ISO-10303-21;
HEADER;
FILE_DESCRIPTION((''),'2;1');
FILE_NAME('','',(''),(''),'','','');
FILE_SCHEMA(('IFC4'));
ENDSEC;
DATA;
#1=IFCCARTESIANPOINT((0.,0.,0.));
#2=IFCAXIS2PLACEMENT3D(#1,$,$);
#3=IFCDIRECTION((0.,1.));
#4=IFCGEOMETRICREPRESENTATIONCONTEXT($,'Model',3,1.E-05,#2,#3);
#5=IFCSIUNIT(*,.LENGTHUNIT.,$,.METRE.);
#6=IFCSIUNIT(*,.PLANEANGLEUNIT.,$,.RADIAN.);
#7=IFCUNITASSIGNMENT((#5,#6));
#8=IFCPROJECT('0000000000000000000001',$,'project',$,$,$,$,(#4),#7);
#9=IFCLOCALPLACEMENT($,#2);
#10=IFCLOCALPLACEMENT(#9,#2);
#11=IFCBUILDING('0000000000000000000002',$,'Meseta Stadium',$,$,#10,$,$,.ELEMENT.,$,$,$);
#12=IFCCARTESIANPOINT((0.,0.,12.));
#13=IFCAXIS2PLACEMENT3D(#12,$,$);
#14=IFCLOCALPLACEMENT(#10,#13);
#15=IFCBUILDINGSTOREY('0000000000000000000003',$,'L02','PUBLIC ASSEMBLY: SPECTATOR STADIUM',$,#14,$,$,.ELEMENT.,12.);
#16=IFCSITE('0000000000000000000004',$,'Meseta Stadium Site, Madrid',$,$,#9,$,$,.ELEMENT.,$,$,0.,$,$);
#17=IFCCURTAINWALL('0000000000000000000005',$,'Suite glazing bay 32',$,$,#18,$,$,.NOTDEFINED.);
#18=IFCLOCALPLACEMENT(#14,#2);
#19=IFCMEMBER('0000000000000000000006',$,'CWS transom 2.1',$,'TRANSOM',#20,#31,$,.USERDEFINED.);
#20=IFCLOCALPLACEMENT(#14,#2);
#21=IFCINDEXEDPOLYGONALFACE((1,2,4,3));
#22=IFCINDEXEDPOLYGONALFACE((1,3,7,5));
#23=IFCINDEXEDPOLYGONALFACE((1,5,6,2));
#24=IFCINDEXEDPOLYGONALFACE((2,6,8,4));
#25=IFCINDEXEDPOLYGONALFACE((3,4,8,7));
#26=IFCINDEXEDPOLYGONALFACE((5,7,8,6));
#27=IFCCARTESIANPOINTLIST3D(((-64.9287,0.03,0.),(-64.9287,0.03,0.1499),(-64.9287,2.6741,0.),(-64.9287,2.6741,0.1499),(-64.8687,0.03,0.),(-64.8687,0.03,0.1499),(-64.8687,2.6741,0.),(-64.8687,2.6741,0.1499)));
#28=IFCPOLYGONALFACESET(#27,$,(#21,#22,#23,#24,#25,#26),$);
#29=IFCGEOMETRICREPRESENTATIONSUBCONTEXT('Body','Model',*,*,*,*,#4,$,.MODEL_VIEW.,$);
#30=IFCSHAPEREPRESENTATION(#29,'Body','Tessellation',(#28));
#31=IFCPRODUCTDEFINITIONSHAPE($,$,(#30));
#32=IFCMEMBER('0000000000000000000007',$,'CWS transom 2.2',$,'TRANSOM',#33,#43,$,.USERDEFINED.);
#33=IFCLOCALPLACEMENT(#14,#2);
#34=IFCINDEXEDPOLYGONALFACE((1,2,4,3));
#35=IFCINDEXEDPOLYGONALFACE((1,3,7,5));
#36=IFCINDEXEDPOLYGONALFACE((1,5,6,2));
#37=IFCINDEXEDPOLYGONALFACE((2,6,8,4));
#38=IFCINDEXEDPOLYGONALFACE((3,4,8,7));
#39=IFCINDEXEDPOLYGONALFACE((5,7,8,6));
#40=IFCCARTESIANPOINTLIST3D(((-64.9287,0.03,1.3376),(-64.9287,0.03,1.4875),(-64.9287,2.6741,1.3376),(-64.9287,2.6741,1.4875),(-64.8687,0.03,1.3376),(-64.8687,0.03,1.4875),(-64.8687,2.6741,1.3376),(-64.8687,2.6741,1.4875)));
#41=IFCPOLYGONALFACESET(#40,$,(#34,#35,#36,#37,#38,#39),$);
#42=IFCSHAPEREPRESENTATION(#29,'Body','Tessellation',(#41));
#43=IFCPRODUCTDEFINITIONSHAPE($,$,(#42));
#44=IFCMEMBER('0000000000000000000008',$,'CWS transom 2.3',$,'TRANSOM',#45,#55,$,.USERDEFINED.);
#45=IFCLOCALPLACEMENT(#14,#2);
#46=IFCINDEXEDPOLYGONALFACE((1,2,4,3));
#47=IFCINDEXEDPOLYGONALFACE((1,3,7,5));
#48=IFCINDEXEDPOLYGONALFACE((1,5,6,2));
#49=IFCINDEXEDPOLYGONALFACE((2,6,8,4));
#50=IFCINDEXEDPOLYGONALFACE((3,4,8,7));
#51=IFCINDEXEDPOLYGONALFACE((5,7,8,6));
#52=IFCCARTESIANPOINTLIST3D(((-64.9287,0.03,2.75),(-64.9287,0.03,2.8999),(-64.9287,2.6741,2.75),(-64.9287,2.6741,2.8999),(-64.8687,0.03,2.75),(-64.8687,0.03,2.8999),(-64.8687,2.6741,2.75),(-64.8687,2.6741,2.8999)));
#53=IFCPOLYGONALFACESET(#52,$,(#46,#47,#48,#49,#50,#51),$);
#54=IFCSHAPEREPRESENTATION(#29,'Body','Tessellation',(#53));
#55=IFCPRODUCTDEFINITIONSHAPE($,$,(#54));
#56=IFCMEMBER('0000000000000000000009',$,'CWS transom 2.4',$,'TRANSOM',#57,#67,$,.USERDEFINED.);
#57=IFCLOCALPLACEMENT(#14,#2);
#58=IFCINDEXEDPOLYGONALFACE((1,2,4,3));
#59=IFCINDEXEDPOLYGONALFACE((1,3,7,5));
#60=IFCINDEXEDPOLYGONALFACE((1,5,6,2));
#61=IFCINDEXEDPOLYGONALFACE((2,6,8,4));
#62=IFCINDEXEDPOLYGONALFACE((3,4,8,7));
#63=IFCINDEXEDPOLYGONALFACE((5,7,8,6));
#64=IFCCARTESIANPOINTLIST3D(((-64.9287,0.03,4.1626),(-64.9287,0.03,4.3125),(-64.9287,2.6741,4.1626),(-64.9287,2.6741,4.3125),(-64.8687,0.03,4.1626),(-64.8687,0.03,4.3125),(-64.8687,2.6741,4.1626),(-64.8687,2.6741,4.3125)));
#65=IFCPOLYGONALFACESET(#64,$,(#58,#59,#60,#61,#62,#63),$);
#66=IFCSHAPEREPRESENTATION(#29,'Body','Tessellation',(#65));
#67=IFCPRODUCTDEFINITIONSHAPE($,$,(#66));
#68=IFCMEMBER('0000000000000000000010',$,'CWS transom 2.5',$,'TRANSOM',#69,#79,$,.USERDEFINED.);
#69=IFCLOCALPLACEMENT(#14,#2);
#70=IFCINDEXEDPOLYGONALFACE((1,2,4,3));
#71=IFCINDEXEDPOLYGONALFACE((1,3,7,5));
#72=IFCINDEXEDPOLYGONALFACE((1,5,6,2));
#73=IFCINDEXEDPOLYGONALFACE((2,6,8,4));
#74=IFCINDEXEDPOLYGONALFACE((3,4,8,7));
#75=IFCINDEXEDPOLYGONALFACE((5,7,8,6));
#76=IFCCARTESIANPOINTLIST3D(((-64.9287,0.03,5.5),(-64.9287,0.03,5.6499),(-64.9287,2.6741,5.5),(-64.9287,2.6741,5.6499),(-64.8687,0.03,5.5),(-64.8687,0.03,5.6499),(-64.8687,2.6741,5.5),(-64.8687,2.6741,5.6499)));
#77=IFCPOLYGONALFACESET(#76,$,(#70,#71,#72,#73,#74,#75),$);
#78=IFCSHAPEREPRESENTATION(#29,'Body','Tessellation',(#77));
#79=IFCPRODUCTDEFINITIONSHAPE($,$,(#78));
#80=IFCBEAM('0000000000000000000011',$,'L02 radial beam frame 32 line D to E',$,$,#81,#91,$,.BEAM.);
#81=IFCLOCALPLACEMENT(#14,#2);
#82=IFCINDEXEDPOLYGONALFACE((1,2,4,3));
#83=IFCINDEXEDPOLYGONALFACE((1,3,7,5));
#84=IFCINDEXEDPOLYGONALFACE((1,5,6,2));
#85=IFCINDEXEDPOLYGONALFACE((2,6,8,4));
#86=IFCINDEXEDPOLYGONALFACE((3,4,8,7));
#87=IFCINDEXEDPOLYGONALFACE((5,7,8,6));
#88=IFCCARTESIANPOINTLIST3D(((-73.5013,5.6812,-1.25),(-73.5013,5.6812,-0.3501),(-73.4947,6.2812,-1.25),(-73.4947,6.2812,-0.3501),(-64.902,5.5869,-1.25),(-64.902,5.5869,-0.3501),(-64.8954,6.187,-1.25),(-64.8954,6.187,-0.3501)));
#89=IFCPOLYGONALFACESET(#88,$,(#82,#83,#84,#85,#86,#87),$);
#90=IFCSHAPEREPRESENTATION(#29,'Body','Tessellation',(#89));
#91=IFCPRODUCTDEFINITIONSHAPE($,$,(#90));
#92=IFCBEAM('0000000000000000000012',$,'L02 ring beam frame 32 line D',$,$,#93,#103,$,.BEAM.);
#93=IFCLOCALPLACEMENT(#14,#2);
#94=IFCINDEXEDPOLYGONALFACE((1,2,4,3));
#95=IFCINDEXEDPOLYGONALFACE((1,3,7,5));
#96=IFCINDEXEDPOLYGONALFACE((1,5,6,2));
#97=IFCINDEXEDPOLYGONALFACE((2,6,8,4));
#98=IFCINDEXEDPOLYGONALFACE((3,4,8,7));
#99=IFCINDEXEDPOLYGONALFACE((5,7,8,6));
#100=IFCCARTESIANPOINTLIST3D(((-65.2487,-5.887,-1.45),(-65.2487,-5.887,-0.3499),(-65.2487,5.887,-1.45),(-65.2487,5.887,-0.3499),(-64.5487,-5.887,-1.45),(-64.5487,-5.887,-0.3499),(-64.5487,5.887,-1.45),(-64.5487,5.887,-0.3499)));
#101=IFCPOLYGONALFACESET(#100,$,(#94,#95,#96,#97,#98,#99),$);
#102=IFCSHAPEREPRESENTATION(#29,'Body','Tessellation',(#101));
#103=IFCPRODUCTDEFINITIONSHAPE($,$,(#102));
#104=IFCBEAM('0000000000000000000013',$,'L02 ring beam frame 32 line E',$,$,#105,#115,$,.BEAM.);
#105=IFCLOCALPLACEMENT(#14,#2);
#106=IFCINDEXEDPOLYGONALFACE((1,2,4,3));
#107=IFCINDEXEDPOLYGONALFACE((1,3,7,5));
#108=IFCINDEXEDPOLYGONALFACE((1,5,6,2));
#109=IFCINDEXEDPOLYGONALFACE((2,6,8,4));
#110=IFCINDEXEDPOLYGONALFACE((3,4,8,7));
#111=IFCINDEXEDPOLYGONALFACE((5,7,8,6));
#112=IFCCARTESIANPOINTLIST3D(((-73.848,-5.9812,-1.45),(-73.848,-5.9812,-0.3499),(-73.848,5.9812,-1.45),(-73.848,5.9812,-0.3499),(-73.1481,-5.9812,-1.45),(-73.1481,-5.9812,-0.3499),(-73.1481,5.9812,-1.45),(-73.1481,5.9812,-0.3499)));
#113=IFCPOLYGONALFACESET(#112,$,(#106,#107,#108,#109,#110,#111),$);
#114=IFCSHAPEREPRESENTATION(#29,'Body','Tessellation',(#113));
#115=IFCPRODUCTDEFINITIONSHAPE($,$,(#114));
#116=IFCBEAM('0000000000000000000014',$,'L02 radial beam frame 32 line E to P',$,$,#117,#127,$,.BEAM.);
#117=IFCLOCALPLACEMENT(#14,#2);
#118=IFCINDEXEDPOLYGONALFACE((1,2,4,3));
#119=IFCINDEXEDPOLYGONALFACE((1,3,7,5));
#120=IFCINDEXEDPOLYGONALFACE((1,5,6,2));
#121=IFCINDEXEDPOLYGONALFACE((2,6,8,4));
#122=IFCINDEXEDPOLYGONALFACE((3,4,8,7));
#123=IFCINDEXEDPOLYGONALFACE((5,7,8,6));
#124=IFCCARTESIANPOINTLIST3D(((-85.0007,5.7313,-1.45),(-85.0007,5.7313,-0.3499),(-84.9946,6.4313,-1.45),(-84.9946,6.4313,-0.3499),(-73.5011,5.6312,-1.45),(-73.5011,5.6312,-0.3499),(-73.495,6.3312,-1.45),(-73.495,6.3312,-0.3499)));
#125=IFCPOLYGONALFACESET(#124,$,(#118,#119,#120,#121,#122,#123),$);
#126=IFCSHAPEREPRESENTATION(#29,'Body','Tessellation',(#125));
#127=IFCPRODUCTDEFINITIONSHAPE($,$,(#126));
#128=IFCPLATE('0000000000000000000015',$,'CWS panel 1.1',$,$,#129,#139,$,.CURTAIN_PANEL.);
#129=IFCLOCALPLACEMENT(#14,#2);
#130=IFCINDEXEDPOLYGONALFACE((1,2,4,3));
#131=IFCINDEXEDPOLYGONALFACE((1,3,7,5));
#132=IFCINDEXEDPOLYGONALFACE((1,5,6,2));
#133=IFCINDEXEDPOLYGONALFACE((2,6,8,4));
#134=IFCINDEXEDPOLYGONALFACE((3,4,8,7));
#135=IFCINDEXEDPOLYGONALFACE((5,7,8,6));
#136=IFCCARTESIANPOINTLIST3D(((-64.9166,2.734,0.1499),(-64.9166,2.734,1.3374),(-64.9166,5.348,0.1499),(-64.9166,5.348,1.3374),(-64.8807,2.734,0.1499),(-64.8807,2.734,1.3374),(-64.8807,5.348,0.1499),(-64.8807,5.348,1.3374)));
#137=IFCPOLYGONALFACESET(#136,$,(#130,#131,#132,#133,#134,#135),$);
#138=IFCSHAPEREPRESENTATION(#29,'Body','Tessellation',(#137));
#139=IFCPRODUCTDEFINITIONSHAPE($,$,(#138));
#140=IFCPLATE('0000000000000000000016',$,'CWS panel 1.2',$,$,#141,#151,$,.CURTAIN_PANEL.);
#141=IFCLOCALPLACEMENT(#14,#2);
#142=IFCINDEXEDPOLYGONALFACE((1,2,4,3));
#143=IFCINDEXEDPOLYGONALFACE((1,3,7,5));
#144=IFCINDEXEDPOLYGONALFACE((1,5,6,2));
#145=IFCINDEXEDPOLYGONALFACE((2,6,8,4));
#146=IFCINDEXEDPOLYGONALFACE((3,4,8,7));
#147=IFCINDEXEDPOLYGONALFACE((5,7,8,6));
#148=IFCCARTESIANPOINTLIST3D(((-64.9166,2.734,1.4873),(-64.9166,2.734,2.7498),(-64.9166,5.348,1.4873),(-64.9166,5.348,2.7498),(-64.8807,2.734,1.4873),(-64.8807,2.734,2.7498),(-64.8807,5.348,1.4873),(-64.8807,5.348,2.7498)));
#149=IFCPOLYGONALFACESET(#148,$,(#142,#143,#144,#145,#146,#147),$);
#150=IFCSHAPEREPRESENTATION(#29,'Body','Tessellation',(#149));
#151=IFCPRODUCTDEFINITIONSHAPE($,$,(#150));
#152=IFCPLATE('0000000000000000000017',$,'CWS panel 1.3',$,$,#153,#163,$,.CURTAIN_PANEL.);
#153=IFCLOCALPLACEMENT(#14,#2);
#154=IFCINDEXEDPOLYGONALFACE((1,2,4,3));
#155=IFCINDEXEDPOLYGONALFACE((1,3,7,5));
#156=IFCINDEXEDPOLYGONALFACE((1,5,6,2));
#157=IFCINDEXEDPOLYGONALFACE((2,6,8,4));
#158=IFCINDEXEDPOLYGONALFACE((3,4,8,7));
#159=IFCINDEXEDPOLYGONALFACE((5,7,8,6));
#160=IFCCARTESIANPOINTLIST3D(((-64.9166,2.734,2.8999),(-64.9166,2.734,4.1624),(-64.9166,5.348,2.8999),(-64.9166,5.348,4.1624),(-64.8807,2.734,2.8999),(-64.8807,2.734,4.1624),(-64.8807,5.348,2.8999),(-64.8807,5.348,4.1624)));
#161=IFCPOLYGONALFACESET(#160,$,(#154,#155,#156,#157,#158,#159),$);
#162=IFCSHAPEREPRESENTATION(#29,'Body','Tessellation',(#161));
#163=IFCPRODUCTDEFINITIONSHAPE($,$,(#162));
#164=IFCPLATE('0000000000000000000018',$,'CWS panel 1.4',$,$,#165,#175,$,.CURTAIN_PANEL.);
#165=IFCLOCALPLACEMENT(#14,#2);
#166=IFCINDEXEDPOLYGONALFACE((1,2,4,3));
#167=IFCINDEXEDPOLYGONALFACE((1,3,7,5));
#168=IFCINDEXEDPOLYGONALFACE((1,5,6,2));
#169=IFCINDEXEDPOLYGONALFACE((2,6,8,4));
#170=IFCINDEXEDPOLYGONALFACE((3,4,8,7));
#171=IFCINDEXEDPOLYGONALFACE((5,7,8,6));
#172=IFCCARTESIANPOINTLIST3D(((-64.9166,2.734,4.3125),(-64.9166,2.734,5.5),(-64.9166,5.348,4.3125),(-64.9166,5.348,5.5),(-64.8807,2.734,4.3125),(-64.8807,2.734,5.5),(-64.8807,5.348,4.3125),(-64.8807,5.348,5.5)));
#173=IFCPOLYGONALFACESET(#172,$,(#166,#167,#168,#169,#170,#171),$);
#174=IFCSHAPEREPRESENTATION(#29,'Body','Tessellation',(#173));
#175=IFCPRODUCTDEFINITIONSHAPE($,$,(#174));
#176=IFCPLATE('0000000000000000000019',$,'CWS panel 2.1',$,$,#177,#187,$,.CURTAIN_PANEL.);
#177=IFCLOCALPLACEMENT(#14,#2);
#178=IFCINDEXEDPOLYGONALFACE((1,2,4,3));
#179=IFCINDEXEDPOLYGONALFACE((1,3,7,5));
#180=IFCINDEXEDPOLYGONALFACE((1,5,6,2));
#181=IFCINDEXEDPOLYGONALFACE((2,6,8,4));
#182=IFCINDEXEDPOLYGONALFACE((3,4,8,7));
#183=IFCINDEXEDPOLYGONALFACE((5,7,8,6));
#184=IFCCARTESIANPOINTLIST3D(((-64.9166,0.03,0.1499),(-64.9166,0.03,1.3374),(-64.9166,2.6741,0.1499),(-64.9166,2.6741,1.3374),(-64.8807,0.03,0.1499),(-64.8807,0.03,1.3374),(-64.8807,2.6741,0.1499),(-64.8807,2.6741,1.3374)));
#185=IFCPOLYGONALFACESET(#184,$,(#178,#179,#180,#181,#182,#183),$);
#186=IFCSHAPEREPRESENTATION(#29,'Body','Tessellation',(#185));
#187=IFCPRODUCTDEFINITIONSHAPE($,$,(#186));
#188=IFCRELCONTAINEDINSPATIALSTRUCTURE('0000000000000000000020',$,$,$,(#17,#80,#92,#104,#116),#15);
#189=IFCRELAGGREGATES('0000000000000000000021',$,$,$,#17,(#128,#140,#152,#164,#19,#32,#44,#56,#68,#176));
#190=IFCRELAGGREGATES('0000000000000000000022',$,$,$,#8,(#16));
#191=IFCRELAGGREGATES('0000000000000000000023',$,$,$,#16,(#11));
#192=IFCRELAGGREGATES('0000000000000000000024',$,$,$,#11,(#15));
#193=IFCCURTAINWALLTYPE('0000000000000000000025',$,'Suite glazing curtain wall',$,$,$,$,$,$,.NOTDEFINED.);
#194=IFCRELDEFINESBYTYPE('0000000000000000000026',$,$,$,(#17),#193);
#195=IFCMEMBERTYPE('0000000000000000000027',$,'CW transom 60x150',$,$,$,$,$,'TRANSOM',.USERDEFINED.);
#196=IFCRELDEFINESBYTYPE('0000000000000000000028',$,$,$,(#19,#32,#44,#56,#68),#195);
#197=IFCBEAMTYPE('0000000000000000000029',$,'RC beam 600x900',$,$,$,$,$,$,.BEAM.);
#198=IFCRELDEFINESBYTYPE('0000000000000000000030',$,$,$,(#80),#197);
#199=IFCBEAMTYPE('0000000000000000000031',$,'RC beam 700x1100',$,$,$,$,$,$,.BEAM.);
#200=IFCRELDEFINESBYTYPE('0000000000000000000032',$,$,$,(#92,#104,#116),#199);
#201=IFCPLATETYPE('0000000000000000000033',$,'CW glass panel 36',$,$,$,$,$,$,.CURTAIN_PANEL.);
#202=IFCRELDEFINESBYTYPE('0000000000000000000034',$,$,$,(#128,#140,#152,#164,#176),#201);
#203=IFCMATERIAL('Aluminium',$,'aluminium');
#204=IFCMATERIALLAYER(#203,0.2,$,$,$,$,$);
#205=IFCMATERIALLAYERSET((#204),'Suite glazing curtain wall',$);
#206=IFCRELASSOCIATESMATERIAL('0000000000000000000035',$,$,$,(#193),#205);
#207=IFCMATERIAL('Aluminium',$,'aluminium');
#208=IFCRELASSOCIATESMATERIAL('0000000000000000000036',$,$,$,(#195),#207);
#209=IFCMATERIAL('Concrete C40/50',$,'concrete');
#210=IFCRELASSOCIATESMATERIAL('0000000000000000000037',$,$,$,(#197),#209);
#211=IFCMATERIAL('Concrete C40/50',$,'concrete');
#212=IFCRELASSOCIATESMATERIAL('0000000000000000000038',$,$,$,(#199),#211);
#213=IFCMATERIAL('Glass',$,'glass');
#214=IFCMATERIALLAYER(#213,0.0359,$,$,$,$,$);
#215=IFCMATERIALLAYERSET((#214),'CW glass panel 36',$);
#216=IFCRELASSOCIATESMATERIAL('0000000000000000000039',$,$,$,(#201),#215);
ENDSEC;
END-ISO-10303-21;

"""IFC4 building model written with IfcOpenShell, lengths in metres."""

from ifc_helpers import new_model, si_unit, direction, frame, origin, origin_2d, place, context, subcontext, project, spatial, rectangle, extrude, material, layer, layer_set, material_profile, profile_set, type_object, element, aggregate, save


model = new_model("IFC4")

# Units and contexts
model_context = context("Model", 3, precision=1e-05, world=origin(), true_north=direction((0.0, 1.0)))
body_context = subcontext(model_context, "Body", "Model", "MODEL_VIEW")
ifc_project = project(units=[si_unit("LENGTHUNIT", "METRE"), si_unit("PLANEANGLEUNIT", "RADIAN")], contexts=[model_context])

# Site, building, storey
site_placement = place(None, origin())
site = spatial("IfcSite", under=ifc_project, at=site_placement, Name="Meseta Stadium Site, Madrid", CompositionType="ELEMENT", RefElevation=0.0)
building_placement = place(site_placement, origin())
building = spatial("IfcBuilding", under=site, at=building_placement, Name="Meseta Stadium", CompositionType="ELEMENT")
storey_placement = place(building_placement, frame((0.0, 0.0, 12.0)))
storey = spatial("IfcBuildingStorey", under=building, at=storey_placement, Name="L02", Description="PUBLIC ASSEMBLY: SPECTATOR STADIUM", CompositionType="ELEMENT", Elevation=12.0)

# Curtain wall, members
ifc_material_1 = material(Name="Aluminium", Category="aluminium")
ifc_layer_1 = layer(ifc_material_1, 0.2)
ifc_layer_set_1 = layer_set([ifc_layer_1], Name="Suite glazing curtain wall")
curtain_wall_type = type_object("IfcCurtainWallType", Name="Suite glazing curtain wall", PredefinedType="NOTDEFINED", material=ifc_layer_set_1)
curtain_wall_placement = place(storey_placement, origin())
curtain_wall = element("IfcCurtainWall", 1, at=curtain_wall_placement, inside=storey, type_object=curtain_wall_type, Name="Suite glazing bay 32", PredefinedType="NOTDEFINED")
ifc_material_2 = material(Name="Aluminium", Category="aluminium")
ifc_material_profile_1 = material_profile(ifc_material_2, rectangle(XDim=0.0601, YDim=0.1499, at=origin_2d()), Name="CW 60x150")
ifc_profile_set_1 = profile_set([ifc_material_profile_1], Name="Aluminium")
member_type_1 = type_object("IfcMemberType", Name="CW transom 60x150", ElementType="TRANSOM", PredefinedType="USERDEFINED", material=ifc_profile_set_1)
member_1_placement = place(storey_placement, frame((-64.8987, 2.6741, 0.075), z_axis=(0.0, -1.0, 0.0), x_axis=(1.0, 0.0, 0.0)))
member_1 = element("IfcMember", 2, at=member_1_placement, type_object=member_type_1, Name="CWS transom 2.1", ObjectType="TRANSOM", PredefinedType="USERDEFINED", context=body_context, shape_type="SweptSolid", body=[
    extrude(rectangle(XDim=0.0601, YDim=0.1499, at=origin_2d()), origin(), (0.0, 0.0, 1.0), 2.644),
])
member_2_placement = place(storey_placement, frame((-64.8987, 2.6741, 1.4126), z_axis=(0.0, -1.0, 0.0), x_axis=(1.0, 0.0, 0.0)))
member_2 = element("IfcMember", 3, at=member_2_placement, type_object=member_type_1, Name="CWS transom 2.2", ObjectType="TRANSOM", PredefinedType="USERDEFINED", context=body_context, shape_type="SweptSolid", body=[
    extrude(rectangle(XDim=0.0601, YDim=0.1499, at=origin_2d()), origin(), (0.0, 0.0, 1.0), 2.644),
])
member_3_placement = place(storey_placement, frame((-64.8987, 2.6741, 2.825), z_axis=(0.0, -1.0, 0.0), x_axis=(1.0, 0.0, 0.0)))
member_3 = element("IfcMember", 4, at=member_3_placement, type_object=member_type_1, Name="CWS transom 2.3", ObjectType="TRANSOM", PredefinedType="USERDEFINED", context=body_context, shape_type="SweptSolid", body=[
    extrude(rectangle(XDim=0.0601, YDim=0.1499, at=origin_2d()), origin(), (0.0, 0.0, 1.0), 2.644),
])
member_4_placement = place(storey_placement, frame((-64.8987, 2.6741, 4.2375), z_axis=(0.0, -1.0, 0.0), x_axis=(1.0, 0.0, 0.0)))
member_4 = element("IfcMember", 5, at=member_4_placement, type_object=member_type_1, Name="CWS transom 2.4", ObjectType="TRANSOM", PredefinedType="USERDEFINED", context=body_context, shape_type="SweptSolid", body=[
    extrude(rectangle(XDim=0.0601, YDim=0.1499, at=origin_2d()), origin(), (0.0, 0.0, 1.0), 2.644),
])
member_5_placement = place(storey_placement, frame((-64.8987, 2.6741, 5.575), z_axis=(0.0, -1.0, 0.0), x_axis=(1.0, 0.0, 0.0)))
member_5 = element("IfcMember", 6, at=member_5_placement, type_object=member_type_1, Name="CWS transom 2.5", ObjectType="TRANSOM", PredefinedType="USERDEFINED", context=body_context, shape_type="SweptSolid", body=[
    extrude(rectangle(XDim=0.0601, YDim=0.1499, at=origin_2d()), origin(), (0.0, 0.0, 1.0), 2.644),
])

# Beams
ifc_material_3 = material(Name="Concrete C40/50", Category="concrete")
ifc_material_profile_2 = material_profile(ifc_material_3, rectangle(XDim=0.6001, YDim=0.8999, at=origin_2d()), Name="RC 600x900")
ifc_profile_set_2 = profile_set([ifc_material_profile_2], Name="Concrete C40/50")
beam_type_1 = type_object("IfcBeamType", Name="RC beam 600x900", PredefinedType="BEAM", material=ifc_profile_set_2)
beam_1_placement = place(storey_placement, frame((-64.8987, 5.887, -0.8), z_axis=(-0.99994, 0.010958, 0.0), x_axis=(-0.010958, -0.99994, 0.0)))
element("IfcBeam", 7, at=beam_1_placement, inside=storey, type_object=beam_type_1, Name="L02 radial beam frame 32 line D to E", PredefinedType="BEAM", context=body_context, shape_type="SweptSolid", body=[
    extrude(rectangle(XDim=0.6001, YDim=0.8999, at=origin_2d()), origin(), (0.0, 0.0, 1.0), 8.5999),
])
ifc_material_4 = material(Name="Concrete C40/50", Category="concrete")
ifc_material_profile_3 = material_profile(ifc_material_4, rectangle(XDim=0.7, YDim=1.1001, at=origin_2d()), Name="RC 700x1100")
ifc_profile_set_3 = profile_set([ifc_material_profile_3], Name="Concrete C40/50")
beam_type_2 = type_object("IfcBeamType", Name="RC beam 700x1100", PredefinedType="BEAM", material=ifc_profile_set_3)
beam_2_placement = place(storey_placement, frame((-64.8987, 5.887, -0.8999), z_axis=(0.0, -1.0, 0.0), x_axis=(1.0, 0.0, 0.0)))
element("IfcBeam", 8, at=beam_2_placement, inside=storey, type_object=beam_type_2, Name="L02 ring beam frame 32 line D", PredefinedType="BEAM", context=body_context, shape_type="SweptSolid", body=[
    extrude(rectangle(XDim=0.7, YDim=1.1001, at=origin_2d()), origin(), (0.0, 0.0, 1.0), 11.7739),
])
beam_3_placement = place(storey_placement, frame((-73.498, 5.9812, -0.8999), z_axis=(0.0, -1.0, 0.0), x_axis=(1.0, 0.0, 0.0)))
element("IfcBeam", 9, at=beam_3_placement, inside=storey, type_object=beam_type_2, Name="L02 ring beam frame 32 line E", PredefinedType="BEAM", context=body_context, shape_type="SweptSolid", body=[
    extrude(rectangle(XDim=0.7, YDim=1.1001, at=origin_2d()), origin(), (0.0, 0.0, 1.0), 11.9624),
])
beam_4_placement = place(storey_placement, frame((-73.498, 5.9812, -0.8999), z_axis=(-0.999962, 0.008704, 0.0), x_axis=(-0.008704, -0.999962, 0.0)))
element("IfcBeam", 10, at=beam_4_placement, inside=storey, type_object=beam_type_2, Name="L02 radial beam frame 32 line E to P", PredefinedType="BEAM", context=body_context, shape_type="SweptSolid", body=[
    extrude(rectangle(XDim=0.7, YDim=1.1001, at=origin_2d()), origin(), (0.0, 0.0, 1.0), 11.5),
])

# Plates
ifc_material_5 = material(Name="Glass", Category="glass")
ifc_layer_2 = layer(ifc_material_5, 0.0359)
ifc_layer_set_2 = layer_set([ifc_layer_2], Name="CW glass panel 36")
plate_type = type_object("IfcPlateType", Name="CW glass panel 36", PredefinedType="CURTAIN_PANEL", material=ifc_layer_set_2)
plate_1_placement = place(storey_placement, frame((-64.8987, 4.041, 0.1499), z_axis=(0.0, 0.0, 1.0), x_axis=(0.0, -1.0, 0.0)))
plate_1 = element("IfcPlate", 11, at=plate_1_placement, type_object=plate_type, Name="CWS panel 1.1", PredefinedType="CURTAIN_PANEL", context=body_context, shape_type="SweptSolid", body=[
    extrude(rectangle(XDim=2.614, YDim=0.0359, at=origin_2d()), origin(), (0.0, 0.0, 1.0), 1.1875),
])
plate_2_placement = place(storey_placement, frame((-64.8987, 4.041, 1.4873), z_axis=(0.0, 0.0, 1.0), x_axis=(0.0, -1.0, 0.0)))
plate_2 = element("IfcPlate", 12, at=plate_2_placement, type_object=plate_type, Name="CWS panel 1.2", PredefinedType="CURTAIN_PANEL", context=body_context, shape_type="SweptSolid", body=[
    extrude(rectangle(XDim=2.614, YDim=0.0359, at=origin_2d()), origin(), (0.0, 0.0, 1.0), 1.2625),
])
plate_3_placement = place(storey_placement, frame((-64.8987, 4.041, 2.8999), z_axis=(0.0, 0.0, 1.0), x_axis=(0.0, -1.0, 0.0)))
plate_3 = element("IfcPlate", 13, at=plate_3_placement, type_object=plate_type, Name="CWS panel 1.3", PredefinedType="CURTAIN_PANEL", context=body_context, shape_type="SweptSolid", body=[
    extrude(rectangle(XDim=2.614, YDim=0.0359, at=origin_2d()), origin(), (0.0, 0.0, 1.0), 1.2625),
])
plate_4_placement = place(storey_placement, frame((-64.8987, 4.041, 4.3125), z_axis=(0.0, 0.0, 1.0), x_axis=(0.0, -1.0, 0.0)))
plate_4 = element("IfcPlate", 14, at=plate_4_placement, type_object=plate_type, Name="CWS panel 1.4", PredefinedType="CURTAIN_PANEL", context=body_context, shape_type="SweptSolid", body=[
    extrude(rectangle(XDim=2.614, YDim=0.0359, at=origin_2d()), origin(), (0.0, 0.0, 1.0), 1.1875),
])
plate_5_placement = place(storey_placement, frame((-64.8987, 1.3521, 0.1499), z_axis=(0.0, 0.0, 1.0), x_axis=(0.0, -1.0, 0.0)))
plate_5 = element("IfcPlate", 15, at=plate_5_placement, type_object=plate_type, Name="CWS panel 2.1", PredefinedType="CURTAIN_PANEL", context=body_context, shape_type="SweptSolid", body=[
    extrude(rectangle(XDim=2.644, YDim=0.0359, at=origin_2d()), origin(), (0.0, 0.0, 1.0), 1.1875),
])
aggregate(curtain_wall, [plate_1, plate_2, plate_3, plate_4, member_1, member_2, member_3, member_4, member_5, plate_5])

save(model, "model.ifc")
